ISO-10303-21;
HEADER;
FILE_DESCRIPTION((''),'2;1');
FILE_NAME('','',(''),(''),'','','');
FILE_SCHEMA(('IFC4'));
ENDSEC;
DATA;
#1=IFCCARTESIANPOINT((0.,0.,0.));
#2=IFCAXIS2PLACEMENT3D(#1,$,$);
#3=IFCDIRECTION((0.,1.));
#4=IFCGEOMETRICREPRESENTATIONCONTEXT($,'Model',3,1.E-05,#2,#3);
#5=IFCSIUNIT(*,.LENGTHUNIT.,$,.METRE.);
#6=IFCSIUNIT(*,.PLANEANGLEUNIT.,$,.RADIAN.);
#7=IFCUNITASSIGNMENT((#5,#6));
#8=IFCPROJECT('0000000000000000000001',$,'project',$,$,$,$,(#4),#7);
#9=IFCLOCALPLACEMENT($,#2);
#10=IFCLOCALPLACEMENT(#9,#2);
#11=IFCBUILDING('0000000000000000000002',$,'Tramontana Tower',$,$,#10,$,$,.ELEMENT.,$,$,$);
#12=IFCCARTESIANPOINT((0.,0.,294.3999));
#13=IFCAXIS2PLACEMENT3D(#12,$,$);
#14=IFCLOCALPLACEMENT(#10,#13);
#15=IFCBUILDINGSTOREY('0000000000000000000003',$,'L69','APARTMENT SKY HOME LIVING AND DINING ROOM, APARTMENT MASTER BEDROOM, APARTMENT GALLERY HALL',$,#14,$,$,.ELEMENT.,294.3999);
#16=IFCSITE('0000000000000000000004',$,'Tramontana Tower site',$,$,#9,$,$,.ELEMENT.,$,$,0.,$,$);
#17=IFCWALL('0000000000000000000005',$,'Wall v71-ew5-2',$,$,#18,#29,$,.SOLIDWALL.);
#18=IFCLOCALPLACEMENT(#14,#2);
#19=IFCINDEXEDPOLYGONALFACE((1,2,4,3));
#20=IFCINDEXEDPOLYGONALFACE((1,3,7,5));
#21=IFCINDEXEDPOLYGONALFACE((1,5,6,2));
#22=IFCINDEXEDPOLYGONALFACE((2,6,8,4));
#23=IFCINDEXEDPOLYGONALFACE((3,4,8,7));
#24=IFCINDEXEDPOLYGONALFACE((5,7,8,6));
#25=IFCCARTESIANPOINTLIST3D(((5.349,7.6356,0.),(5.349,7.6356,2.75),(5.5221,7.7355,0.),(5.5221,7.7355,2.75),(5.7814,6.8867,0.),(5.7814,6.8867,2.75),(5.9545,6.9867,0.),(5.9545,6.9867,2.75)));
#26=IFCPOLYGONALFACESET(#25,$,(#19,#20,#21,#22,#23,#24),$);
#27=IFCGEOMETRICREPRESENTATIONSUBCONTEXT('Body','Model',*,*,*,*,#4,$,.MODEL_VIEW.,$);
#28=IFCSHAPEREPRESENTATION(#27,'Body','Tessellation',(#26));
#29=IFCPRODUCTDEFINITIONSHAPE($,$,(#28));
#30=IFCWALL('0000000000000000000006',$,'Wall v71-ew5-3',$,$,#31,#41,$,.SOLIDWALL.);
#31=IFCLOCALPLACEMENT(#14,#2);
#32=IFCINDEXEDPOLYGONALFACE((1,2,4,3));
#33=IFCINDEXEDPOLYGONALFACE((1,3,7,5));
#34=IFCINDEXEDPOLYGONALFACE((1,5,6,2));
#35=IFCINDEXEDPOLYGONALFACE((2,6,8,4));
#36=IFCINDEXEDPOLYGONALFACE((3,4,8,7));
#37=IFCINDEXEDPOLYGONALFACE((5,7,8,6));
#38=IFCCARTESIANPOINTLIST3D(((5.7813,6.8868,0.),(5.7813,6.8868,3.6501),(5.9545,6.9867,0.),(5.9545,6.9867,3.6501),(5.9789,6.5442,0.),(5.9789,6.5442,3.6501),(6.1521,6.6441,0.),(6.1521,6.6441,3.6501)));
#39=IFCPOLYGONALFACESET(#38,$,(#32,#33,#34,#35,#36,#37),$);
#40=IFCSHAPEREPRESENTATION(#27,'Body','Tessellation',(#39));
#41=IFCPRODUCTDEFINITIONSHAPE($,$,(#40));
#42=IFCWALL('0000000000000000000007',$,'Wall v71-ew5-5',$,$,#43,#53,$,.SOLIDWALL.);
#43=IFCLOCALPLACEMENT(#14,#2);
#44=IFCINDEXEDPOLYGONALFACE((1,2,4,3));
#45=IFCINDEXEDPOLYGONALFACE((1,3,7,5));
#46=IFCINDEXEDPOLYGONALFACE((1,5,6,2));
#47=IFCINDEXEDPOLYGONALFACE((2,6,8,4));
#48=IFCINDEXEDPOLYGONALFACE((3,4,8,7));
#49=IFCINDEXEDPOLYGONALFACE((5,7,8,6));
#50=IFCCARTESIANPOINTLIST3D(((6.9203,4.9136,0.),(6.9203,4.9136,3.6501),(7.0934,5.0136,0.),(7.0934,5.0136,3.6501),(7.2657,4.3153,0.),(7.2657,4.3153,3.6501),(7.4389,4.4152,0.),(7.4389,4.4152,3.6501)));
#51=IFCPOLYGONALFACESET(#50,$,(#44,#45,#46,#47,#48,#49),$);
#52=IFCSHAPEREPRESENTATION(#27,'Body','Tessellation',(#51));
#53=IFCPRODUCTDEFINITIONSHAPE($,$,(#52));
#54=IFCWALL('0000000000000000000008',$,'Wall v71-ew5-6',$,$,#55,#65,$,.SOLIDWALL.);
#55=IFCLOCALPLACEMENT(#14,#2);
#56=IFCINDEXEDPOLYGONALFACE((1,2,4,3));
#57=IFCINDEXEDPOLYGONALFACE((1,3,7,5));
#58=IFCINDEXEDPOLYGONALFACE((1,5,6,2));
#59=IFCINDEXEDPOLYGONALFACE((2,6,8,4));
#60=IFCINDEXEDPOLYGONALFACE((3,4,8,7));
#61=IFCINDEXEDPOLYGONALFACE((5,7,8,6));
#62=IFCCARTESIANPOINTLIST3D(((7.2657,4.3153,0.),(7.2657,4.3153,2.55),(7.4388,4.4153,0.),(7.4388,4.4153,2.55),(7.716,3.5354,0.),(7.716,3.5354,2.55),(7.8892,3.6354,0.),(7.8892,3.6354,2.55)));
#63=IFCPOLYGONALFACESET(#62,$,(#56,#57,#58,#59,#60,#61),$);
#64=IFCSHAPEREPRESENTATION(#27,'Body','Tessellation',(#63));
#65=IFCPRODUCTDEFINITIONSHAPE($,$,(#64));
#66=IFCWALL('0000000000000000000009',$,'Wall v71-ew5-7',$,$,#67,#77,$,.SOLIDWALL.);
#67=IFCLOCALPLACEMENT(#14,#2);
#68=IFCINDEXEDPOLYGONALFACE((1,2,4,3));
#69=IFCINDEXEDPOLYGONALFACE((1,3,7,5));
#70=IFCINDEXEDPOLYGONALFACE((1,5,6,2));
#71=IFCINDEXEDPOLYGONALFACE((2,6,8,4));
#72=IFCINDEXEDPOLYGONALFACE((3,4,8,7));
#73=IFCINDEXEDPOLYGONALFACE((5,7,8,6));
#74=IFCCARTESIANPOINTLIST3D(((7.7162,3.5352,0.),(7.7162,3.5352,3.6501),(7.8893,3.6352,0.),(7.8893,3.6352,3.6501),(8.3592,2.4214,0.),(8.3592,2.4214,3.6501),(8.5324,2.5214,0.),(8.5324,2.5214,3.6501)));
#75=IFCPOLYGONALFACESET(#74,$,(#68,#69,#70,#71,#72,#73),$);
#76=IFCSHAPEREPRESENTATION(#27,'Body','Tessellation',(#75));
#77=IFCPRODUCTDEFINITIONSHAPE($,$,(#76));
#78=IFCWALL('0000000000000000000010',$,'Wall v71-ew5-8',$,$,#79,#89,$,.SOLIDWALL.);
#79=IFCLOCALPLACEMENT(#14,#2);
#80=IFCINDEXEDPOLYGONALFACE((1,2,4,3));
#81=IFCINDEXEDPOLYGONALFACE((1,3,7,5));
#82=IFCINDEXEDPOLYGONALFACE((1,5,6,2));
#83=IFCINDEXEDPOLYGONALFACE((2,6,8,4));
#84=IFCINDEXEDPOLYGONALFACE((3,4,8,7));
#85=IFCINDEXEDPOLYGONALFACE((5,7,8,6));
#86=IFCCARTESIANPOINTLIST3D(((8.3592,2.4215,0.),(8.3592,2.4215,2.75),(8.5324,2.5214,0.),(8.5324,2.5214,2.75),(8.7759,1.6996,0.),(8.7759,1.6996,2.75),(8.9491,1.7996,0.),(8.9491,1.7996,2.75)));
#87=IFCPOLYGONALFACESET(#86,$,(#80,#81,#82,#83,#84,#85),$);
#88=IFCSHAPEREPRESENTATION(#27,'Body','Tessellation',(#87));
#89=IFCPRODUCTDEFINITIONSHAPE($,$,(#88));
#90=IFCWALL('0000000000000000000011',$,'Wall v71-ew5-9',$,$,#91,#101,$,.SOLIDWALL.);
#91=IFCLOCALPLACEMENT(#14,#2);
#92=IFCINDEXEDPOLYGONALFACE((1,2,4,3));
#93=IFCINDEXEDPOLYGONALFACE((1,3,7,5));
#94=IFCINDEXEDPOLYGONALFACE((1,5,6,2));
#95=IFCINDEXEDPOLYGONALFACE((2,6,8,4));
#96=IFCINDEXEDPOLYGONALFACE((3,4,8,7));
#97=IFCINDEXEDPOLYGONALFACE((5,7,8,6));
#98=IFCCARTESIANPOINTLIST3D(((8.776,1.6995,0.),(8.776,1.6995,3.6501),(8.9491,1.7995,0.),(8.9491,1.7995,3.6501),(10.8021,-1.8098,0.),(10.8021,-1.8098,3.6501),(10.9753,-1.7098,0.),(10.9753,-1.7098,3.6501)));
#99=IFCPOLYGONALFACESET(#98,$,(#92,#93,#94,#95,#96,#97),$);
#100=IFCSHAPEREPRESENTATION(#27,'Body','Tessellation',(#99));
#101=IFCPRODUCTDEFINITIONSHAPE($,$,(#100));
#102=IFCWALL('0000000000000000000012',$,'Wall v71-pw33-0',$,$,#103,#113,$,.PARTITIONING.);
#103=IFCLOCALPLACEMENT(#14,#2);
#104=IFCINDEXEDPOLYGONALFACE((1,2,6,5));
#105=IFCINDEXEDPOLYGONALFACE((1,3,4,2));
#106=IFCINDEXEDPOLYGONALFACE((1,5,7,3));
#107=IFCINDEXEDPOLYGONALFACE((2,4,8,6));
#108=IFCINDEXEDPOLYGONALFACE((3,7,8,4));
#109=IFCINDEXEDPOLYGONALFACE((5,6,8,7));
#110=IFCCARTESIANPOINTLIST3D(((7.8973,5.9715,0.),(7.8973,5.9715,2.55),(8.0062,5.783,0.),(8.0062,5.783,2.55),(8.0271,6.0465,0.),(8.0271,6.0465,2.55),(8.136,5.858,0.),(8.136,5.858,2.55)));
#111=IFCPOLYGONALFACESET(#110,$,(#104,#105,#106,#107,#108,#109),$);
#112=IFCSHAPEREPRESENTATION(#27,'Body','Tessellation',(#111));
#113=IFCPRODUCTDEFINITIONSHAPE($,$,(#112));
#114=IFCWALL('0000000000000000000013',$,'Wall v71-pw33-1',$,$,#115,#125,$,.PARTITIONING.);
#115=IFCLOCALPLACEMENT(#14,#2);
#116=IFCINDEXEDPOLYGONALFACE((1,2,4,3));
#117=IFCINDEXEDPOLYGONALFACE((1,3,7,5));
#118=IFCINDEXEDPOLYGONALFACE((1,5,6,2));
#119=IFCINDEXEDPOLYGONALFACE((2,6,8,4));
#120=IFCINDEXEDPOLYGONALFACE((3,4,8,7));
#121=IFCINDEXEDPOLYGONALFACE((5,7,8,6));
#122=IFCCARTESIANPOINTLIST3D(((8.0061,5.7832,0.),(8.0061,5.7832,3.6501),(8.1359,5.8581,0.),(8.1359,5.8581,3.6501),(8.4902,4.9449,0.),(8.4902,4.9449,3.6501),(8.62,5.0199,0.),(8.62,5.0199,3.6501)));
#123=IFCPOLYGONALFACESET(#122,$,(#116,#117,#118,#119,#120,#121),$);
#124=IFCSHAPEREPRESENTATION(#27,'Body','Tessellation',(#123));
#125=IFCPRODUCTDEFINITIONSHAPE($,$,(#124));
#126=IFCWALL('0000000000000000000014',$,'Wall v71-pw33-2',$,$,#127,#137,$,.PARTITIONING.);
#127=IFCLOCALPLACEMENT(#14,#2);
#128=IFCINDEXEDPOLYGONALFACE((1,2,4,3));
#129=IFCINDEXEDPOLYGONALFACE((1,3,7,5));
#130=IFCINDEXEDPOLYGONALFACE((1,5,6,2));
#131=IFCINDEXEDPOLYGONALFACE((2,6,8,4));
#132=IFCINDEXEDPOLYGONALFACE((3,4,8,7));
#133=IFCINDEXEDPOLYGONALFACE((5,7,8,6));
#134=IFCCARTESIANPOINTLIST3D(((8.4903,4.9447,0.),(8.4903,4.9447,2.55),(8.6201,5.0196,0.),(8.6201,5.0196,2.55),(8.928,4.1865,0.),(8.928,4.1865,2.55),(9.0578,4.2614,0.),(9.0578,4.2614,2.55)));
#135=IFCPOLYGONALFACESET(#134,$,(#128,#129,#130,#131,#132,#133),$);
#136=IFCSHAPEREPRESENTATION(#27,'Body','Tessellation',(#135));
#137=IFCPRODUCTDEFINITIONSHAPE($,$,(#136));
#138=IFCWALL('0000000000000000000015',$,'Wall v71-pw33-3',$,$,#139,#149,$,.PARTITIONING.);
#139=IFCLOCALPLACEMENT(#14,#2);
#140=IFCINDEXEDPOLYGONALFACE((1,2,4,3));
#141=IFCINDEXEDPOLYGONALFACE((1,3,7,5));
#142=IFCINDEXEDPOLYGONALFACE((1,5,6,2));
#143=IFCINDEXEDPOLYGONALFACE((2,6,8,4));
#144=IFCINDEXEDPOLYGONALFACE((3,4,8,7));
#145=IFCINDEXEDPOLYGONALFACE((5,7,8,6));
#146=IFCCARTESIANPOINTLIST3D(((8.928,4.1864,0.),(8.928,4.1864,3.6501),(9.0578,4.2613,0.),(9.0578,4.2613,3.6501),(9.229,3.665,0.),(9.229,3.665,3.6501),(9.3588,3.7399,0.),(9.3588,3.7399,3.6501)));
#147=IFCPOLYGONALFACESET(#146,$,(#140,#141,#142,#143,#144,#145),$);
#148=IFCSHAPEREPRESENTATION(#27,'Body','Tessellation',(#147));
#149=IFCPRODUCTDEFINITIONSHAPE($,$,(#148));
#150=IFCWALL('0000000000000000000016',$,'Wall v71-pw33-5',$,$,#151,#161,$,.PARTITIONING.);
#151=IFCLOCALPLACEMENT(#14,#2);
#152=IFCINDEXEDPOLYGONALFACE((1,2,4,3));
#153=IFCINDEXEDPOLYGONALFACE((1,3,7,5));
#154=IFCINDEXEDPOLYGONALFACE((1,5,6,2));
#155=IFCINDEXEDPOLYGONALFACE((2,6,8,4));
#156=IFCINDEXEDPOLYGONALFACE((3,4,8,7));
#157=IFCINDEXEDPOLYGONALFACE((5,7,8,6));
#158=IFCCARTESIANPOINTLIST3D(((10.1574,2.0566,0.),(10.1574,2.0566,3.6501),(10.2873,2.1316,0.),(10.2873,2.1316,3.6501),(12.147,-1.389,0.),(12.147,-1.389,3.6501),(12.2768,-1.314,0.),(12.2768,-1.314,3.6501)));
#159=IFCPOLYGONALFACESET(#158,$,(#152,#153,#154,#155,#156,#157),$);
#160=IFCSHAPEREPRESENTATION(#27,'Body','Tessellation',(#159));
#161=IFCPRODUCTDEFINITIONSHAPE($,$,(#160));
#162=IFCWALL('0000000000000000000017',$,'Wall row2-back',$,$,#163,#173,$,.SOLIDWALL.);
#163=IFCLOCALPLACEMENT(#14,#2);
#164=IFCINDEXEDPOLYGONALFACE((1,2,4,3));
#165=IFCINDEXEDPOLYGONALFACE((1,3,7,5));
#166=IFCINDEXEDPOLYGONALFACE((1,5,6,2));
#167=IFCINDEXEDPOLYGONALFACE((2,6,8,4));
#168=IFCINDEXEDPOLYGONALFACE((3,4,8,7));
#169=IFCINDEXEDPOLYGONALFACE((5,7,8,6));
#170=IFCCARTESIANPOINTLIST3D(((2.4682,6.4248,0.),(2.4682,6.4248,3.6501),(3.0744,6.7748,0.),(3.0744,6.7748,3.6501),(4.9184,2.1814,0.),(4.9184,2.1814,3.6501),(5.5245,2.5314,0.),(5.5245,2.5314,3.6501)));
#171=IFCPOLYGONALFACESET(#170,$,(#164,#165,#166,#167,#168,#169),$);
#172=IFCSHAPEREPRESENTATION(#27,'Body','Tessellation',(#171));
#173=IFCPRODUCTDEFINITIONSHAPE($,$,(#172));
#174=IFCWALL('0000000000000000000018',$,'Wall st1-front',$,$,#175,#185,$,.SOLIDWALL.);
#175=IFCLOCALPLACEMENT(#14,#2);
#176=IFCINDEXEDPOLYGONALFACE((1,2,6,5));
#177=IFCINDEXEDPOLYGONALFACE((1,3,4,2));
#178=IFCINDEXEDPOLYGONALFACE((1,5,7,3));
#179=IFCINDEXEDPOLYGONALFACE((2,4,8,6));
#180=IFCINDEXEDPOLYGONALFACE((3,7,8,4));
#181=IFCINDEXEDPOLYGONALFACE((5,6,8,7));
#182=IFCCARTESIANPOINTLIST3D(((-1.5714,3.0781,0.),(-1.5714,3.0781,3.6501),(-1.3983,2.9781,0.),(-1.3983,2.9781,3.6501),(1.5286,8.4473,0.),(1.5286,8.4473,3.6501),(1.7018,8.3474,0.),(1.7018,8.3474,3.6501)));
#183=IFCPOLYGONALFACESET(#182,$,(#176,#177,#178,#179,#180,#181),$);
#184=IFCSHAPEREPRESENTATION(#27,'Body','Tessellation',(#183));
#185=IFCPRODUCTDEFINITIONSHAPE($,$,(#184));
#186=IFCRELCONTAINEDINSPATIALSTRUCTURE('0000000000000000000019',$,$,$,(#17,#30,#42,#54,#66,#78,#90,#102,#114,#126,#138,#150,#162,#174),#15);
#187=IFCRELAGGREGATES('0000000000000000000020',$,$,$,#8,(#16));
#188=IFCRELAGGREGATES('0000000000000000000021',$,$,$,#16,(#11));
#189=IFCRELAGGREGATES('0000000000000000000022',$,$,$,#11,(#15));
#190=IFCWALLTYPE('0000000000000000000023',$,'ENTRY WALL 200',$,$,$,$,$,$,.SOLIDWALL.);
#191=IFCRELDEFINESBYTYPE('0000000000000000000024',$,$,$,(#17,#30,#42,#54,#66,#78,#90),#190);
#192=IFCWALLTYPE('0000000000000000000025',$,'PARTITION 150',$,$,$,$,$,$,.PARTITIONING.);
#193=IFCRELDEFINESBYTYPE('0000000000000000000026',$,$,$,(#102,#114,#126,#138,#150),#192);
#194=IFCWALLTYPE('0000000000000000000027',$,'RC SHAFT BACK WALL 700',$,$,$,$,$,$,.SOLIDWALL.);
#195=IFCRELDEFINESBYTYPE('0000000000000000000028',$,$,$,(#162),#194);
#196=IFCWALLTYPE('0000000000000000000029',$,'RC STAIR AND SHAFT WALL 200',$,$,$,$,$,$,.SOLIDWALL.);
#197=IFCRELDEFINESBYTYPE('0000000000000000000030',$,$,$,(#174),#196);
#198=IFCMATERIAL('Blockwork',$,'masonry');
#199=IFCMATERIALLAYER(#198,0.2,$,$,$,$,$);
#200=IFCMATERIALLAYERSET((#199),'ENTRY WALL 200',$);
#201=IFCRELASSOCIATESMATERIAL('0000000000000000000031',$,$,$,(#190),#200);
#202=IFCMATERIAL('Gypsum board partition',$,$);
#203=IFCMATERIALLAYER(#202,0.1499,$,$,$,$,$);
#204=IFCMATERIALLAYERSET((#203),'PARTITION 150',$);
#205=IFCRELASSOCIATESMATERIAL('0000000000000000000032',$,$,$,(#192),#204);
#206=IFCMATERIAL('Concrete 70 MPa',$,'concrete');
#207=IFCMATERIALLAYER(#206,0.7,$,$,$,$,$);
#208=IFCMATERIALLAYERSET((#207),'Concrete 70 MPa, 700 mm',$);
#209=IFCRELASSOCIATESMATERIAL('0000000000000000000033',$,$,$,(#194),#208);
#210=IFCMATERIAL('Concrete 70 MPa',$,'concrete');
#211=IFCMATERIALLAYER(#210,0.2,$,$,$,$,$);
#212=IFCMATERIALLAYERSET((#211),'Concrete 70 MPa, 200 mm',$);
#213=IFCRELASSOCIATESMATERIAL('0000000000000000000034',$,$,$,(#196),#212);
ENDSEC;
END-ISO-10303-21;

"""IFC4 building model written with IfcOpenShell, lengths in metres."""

from ifc_helpers import new_model, si_unit, direction, frame, frame_2d, origin, place, context, subcontext, project, spatial, rectangle, extrude, material, layer, layer_set, type_object, element, save


model = new_model("IFC4")

# Units and contexts
model_context = context("Model", 3, precision=1e-05, world=origin(), true_north=direction((0.0, 1.0)))
body_context = subcontext(model_context, "Body", "Model", "MODEL_VIEW")
ifc_project = project(units=[si_unit("LENGTHUNIT", "METRE"), si_unit("PLANEANGLEUNIT", "RADIAN")], contexts=[model_context])

# Site, building, storey
site_placement = place(None, origin())
site = spatial("IfcSite", under=ifc_project, at=site_placement, Name="Tramontana Tower site", CompositionType="ELEMENT", RefElevation=0.0)
building_placement = place(site_placement, origin())
building = spatial("IfcBuilding", under=site, at=building_placement, Name="Tramontana Tower", CompositionType="ELEMENT")
storey_placement = place(building_placement, frame((0.0, 0.0, 294.3999)))
storey = spatial("IfcBuildingStorey", under=building, at=storey_placement, Name="L69", Description="APARTMENT SKY HOME LIVING AND DINING ROOM, APARTMENT MASTER BEDROOM, APARTMENT GALLERY HALL", CompositionType="ELEMENT", Elevation=294.3999)

# Walls
ifc_material_1 = material(Name="Blockwork", Category="masonry")
ifc_layer_1 = layer(ifc_material_1, 0.2)
ifc_layer_set_1 = layer_set([ifc_layer_1], Name="ENTRY WALL 200")
wall_type_1 = type_object("IfcWallType", Name="ENTRY WALL 200", PredefinedType="SOLIDWALL", material=ifc_layer_set_1)
wall_1_placement = place(storey_placement, frame((5.4355, 7.6855, 0.0), z_axis=(0.0, 0.0, 1.0), x_axis=(0.500056, -0.865993, 0.0)))
element("IfcWall", 1, at=wall_1_placement, inside=storey, type_object=wall_type_1, Name="Wall v71-ew5-2", PredefinedType="SOLIDWALL", context=body_context, shape_type="SweptSolid", body=[
    extrude(rectangle(XDim=0.8647, YDim=0.2, at=frame_2d((0.4324, 0.0))), origin(), (0.0, 0.0, 1.0), 2.75),
])
wall_2_placement = place(storey_placement, frame((5.8679, 6.9368, 0.0), z_axis=(0.0, 0.0, 1.0), x_axis=(0.499526, -0.866299, 0.0)))
element("IfcWall", 2, at=wall_2_placement, inside=storey, type_object=wall_type_1, Name="Wall v71-ew5-3", PredefinedType="SOLIDWALL", context=body_context, shape_type="SweptSolid", body=[
    extrude(rectangle(XDim=0.3955, YDim=0.2, at=frame_2d((0.1978, 0.0))), origin(), (0.0, 0.0, 1.0), 3.6501),
])

# Walls
wall_3_placement = place(storey_placement, frame((7.0068, 4.9636, 0.0), z_axis=(0.0, 0.0, 1.0), x_axis=(0.499977, -0.866038, 0.0)))
element("IfcWall", 3, at=wall_3_placement, inside=storey, type_object=wall_type_1, Name="Wall v71-ew5-5", PredefinedType="SOLIDWALL", context=body_context, shape_type="SweptSolid", body=[
    extrude(rectangle(XDim=0.6909, YDim=0.2, at=frame_2d((0.3455, 0.0))), origin(), (0.0, 0.0, 1.0), 3.6501),
])
wall_4_placement = place(storey_placement, frame((7.3523, 4.3652, 0.0), z_axis=(0.0, 0.0, 1.0), x_axis=(0.500074, -0.865982, 0.0)))
element("IfcWall", 4, at=wall_4_placement, inside=storey, type_object=wall_type_1, Name="Wall v71-ew5-6", PredefinedType="SOLIDWALL", context=body_context, shape_type="SweptSolid", body=[
    extrude(rectangle(XDim=0.9006, YDim=0.2, at=frame_2d((0.4502, 0.0))), origin(), (0.0, 0.0, 1.0), 2.55),
])
wall_5_placement = place(storey_placement, frame((7.8027, 3.5852, 0.0), z_axis=(0.0, 0.0, 1.0), x_axis=(0.500018, -0.866015, 0.0)))
element("IfcWall", 5, at=wall_5_placement, inside=storey, type_object=wall_type_1, Name="Wall v71-ew5-7", PredefinedType="SOLIDWALL", context=body_context, shape_type="SweptSolid", body=[
    extrude(rectangle(XDim=1.2861, YDim=0.2, at=frame_2d((0.6431, 0.0))), origin(), (0.0, 0.0, 1.0), 3.6501),
])
wall_6_placement = place(storey_placement, frame((8.4458, 2.4714, 0.0), z_axis=(0.0, 0.0, 1.0), x_axis=(0.499951, -0.866054, 0.0)))
element("IfcWall", 6, at=wall_6_placement, inside=storey, type_object=wall_type_1, Name="Wall v71-ew5-8", PredefinedType="SOLIDWALL", context=body_context, shape_type="SweptSolid", body=[
    extrude(rectangle(XDim=0.8335, YDim=0.2, at=frame_2d((0.4167, 0.0))), origin(), (0.0, 0.0, 1.0), 2.75),
])
wall_7_placement = place(storey_placement, frame((8.8625, 1.7495, 0.0), z_axis=(0.0, 0.0, 1.0), x_axis=(0.500008, -0.866021, 0.0)))
element("IfcWall", 7, at=wall_7_placement, inside=storey, type_object=wall_type_1, Name="Wall v71-ew5-9", PredefinedType="SOLIDWALL", context=body_context, shape_type="SweptSolid", body=[
    extrude(rectangle(XDim=4.0522, YDim=0.2, at=frame_2d((2.0261, 0.0))), origin(), (0.0, 0.0, 1.0), 3.6501),
])

# Shared definitions
ifc_material_2 = material(Name="Gypsum board partition")
ifc_layer_2 = layer(ifc_material_2, 0.1499)
ifc_layer_set_2 = layer_set([ifc_layer_2], Name="PARTITION 150")
wall_type_2 = type_object("IfcWallType", Name="PARTITION 150", PredefinedType="PARTITIONING", material=ifc_layer_set_2)

# Walls
wall_8_placement = place(storey_placement, frame((7.9622, 6.009, 0.0), z_axis=(0.0, 0.0, 1.0), x_axis=(0.50024, -0.865887, 0.0)))
element("IfcWall", 8, at=wall_8_placement, inside=storey, type_object=wall_type_2, Name="Wall v71-pw33-0", PredefinedType="PARTITIONING", context=body_context, shape_type="SweptSolid", body=[
    extrude(rectangle(XDim=0.2178, YDim=0.1499, at=frame_2d((0.1089, 0.0))), origin(), (0.0, 0.0, 1.0), 2.55),
])
wall_9_placement = place(storey_placement, frame((8.071, 5.8206, 0.0), z_axis=(0.0, 0.0, 1.0), x_axis=(0.500072, -0.865984, 0.0)))
element("IfcWall", 9, at=wall_9_placement, inside=storey, type_object=wall_type_2, Name="Wall v71-pw33-1", PredefinedType="PARTITIONING", context=body_context, shape_type="SweptSolid", body=[
    extrude(rectangle(XDim=0.968, YDim=0.1499, at=frame_2d((0.4839, 0.0))), origin(), (0.0, 0.0, 1.0), 3.6501),
])
wall_10_placement = place(storey_placement, frame((8.5552, 4.9822, 0.0), z_axis=(0.0, 0.0, 1.0), x_axis=(0.499948, -0.866056, 0.0)))
element("IfcWall", 10, at=wall_10_placement, inside=storey, type_object=wall_type_2, Name="Wall v71-pw33-2", PredefinedType="PARTITIONING", context=body_context, shape_type="SweptSolid", body=[
    extrude(rectangle(XDim=0.8755, YDim=0.1499, at=frame_2d((0.4377, 0.0))), origin(), (0.0, 0.0, 1.0), 2.55),
])
wall_11_placement = place(storey_placement, frame((8.9929, 4.2239, 0.0), z_axis=(0.0, 0.0, 1.0), x_axis=(0.499933, -0.866064, 0.0)))
element("IfcWall", 11, at=wall_11_placement, inside=storey, type_object=wall_type_2, Name="Wall v71-pw33-3", PredefinedType="PARTITIONING", context=body_context, shape_type="SweptSolid", body=[
    extrude(rectangle(XDim=0.6021, YDim=0.1499, at=frame_2d((0.301, 0.0))), origin(), (0.0, 0.0, 1.0), 3.6501),
])

# Wall
wall_12_placement = place(storey_placement, frame((10.2224, 2.094, 0.0), z_axis=(0.0, 0.0, 1.0), x_axis=(0.500039, -0.866003, 0.0)))
element("IfcWall", 12, at=wall_12_placement, inside=storey, type_object=wall_type_2, Name="Wall v71-pw33-5", PredefinedType="PARTITIONING", context=body_context, shape_type="SweptSolid", body=[
    extrude(rectangle(XDim=3.9788, YDim=0.1499, at=frame_2d((1.9893, 0.0))), origin(), (0.0, 0.0, 1.0), 3.6501),
])

# Walls
ifc_material_3 = material(Name="Concrete 70 MPa", Category="concrete")
ifc_layer_3 = layer(ifc_material_3, 0.7)
ifc_layer_set_3 = layer_set([ifc_layer_3], Name="Concrete 70 MPa, 700 mm")
wall_type_3 = type_object("IfcWallType", Name="RC SHAFT BACK WALL 700", PredefinedType="SOLIDWALL", material=ifc_layer_set_3)
wall_13_placement = place(storey_placement, frame((5.2214, 2.3564, 0.0), z_axis=(0.0, 0.0, 1.0), x_axis=(-0.50004, 0.866002, 0.0)))
element("IfcWall", 13, at=wall_13_placement, inside=storey, type_object=wall_type_3, Name="Wall row2-back", PredefinedType="SOLIDWALL", context=body_context, shape_type="SweptSolid", body=[
    extrude(rectangle(XDim=4.8999, YDim=0.7, at=frame_2d((2.45, 0.0))), origin(), (0.0, 0.0, 1.0), 3.6501),
])
ifc_material_4 = material(Name="Concrete 70 MPa", Category="concrete")
ifc_layer_4 = layer(ifc_material_4, 0.2)
ifc_layer_set_4 = layer_set([ifc_layer_4], Name="Concrete 70 MPa, 200 mm")
wall_type_4 = type_object("IfcWallType", Name="RC STAIR AND SHAFT WALL 200", PredefinedType="SOLIDWALL", material=ifc_layer_set_4)
wall_14_placement = place(storey_placement, frame((1.6152, 8.3975, 0.0), z_axis=(0.0, 0.0, 1.0), x_axis=(-0.50001, -0.86602, 0.0)))
element("IfcWall", 14, at=wall_14_placement, inside=storey, type_object=wall_type_4, Name="Wall st1-front", PredefinedType="SOLIDWALL", context=body_context, shape_type="SweptSolid", body=[
    extrude(rectangle(XDim=6.2, YDim=0.2, at=frame_2d((3.1001, 0.0))), origin(), (0.0, 0.0, 1.0), 3.6501),
])

save(model, "model.ifc")
